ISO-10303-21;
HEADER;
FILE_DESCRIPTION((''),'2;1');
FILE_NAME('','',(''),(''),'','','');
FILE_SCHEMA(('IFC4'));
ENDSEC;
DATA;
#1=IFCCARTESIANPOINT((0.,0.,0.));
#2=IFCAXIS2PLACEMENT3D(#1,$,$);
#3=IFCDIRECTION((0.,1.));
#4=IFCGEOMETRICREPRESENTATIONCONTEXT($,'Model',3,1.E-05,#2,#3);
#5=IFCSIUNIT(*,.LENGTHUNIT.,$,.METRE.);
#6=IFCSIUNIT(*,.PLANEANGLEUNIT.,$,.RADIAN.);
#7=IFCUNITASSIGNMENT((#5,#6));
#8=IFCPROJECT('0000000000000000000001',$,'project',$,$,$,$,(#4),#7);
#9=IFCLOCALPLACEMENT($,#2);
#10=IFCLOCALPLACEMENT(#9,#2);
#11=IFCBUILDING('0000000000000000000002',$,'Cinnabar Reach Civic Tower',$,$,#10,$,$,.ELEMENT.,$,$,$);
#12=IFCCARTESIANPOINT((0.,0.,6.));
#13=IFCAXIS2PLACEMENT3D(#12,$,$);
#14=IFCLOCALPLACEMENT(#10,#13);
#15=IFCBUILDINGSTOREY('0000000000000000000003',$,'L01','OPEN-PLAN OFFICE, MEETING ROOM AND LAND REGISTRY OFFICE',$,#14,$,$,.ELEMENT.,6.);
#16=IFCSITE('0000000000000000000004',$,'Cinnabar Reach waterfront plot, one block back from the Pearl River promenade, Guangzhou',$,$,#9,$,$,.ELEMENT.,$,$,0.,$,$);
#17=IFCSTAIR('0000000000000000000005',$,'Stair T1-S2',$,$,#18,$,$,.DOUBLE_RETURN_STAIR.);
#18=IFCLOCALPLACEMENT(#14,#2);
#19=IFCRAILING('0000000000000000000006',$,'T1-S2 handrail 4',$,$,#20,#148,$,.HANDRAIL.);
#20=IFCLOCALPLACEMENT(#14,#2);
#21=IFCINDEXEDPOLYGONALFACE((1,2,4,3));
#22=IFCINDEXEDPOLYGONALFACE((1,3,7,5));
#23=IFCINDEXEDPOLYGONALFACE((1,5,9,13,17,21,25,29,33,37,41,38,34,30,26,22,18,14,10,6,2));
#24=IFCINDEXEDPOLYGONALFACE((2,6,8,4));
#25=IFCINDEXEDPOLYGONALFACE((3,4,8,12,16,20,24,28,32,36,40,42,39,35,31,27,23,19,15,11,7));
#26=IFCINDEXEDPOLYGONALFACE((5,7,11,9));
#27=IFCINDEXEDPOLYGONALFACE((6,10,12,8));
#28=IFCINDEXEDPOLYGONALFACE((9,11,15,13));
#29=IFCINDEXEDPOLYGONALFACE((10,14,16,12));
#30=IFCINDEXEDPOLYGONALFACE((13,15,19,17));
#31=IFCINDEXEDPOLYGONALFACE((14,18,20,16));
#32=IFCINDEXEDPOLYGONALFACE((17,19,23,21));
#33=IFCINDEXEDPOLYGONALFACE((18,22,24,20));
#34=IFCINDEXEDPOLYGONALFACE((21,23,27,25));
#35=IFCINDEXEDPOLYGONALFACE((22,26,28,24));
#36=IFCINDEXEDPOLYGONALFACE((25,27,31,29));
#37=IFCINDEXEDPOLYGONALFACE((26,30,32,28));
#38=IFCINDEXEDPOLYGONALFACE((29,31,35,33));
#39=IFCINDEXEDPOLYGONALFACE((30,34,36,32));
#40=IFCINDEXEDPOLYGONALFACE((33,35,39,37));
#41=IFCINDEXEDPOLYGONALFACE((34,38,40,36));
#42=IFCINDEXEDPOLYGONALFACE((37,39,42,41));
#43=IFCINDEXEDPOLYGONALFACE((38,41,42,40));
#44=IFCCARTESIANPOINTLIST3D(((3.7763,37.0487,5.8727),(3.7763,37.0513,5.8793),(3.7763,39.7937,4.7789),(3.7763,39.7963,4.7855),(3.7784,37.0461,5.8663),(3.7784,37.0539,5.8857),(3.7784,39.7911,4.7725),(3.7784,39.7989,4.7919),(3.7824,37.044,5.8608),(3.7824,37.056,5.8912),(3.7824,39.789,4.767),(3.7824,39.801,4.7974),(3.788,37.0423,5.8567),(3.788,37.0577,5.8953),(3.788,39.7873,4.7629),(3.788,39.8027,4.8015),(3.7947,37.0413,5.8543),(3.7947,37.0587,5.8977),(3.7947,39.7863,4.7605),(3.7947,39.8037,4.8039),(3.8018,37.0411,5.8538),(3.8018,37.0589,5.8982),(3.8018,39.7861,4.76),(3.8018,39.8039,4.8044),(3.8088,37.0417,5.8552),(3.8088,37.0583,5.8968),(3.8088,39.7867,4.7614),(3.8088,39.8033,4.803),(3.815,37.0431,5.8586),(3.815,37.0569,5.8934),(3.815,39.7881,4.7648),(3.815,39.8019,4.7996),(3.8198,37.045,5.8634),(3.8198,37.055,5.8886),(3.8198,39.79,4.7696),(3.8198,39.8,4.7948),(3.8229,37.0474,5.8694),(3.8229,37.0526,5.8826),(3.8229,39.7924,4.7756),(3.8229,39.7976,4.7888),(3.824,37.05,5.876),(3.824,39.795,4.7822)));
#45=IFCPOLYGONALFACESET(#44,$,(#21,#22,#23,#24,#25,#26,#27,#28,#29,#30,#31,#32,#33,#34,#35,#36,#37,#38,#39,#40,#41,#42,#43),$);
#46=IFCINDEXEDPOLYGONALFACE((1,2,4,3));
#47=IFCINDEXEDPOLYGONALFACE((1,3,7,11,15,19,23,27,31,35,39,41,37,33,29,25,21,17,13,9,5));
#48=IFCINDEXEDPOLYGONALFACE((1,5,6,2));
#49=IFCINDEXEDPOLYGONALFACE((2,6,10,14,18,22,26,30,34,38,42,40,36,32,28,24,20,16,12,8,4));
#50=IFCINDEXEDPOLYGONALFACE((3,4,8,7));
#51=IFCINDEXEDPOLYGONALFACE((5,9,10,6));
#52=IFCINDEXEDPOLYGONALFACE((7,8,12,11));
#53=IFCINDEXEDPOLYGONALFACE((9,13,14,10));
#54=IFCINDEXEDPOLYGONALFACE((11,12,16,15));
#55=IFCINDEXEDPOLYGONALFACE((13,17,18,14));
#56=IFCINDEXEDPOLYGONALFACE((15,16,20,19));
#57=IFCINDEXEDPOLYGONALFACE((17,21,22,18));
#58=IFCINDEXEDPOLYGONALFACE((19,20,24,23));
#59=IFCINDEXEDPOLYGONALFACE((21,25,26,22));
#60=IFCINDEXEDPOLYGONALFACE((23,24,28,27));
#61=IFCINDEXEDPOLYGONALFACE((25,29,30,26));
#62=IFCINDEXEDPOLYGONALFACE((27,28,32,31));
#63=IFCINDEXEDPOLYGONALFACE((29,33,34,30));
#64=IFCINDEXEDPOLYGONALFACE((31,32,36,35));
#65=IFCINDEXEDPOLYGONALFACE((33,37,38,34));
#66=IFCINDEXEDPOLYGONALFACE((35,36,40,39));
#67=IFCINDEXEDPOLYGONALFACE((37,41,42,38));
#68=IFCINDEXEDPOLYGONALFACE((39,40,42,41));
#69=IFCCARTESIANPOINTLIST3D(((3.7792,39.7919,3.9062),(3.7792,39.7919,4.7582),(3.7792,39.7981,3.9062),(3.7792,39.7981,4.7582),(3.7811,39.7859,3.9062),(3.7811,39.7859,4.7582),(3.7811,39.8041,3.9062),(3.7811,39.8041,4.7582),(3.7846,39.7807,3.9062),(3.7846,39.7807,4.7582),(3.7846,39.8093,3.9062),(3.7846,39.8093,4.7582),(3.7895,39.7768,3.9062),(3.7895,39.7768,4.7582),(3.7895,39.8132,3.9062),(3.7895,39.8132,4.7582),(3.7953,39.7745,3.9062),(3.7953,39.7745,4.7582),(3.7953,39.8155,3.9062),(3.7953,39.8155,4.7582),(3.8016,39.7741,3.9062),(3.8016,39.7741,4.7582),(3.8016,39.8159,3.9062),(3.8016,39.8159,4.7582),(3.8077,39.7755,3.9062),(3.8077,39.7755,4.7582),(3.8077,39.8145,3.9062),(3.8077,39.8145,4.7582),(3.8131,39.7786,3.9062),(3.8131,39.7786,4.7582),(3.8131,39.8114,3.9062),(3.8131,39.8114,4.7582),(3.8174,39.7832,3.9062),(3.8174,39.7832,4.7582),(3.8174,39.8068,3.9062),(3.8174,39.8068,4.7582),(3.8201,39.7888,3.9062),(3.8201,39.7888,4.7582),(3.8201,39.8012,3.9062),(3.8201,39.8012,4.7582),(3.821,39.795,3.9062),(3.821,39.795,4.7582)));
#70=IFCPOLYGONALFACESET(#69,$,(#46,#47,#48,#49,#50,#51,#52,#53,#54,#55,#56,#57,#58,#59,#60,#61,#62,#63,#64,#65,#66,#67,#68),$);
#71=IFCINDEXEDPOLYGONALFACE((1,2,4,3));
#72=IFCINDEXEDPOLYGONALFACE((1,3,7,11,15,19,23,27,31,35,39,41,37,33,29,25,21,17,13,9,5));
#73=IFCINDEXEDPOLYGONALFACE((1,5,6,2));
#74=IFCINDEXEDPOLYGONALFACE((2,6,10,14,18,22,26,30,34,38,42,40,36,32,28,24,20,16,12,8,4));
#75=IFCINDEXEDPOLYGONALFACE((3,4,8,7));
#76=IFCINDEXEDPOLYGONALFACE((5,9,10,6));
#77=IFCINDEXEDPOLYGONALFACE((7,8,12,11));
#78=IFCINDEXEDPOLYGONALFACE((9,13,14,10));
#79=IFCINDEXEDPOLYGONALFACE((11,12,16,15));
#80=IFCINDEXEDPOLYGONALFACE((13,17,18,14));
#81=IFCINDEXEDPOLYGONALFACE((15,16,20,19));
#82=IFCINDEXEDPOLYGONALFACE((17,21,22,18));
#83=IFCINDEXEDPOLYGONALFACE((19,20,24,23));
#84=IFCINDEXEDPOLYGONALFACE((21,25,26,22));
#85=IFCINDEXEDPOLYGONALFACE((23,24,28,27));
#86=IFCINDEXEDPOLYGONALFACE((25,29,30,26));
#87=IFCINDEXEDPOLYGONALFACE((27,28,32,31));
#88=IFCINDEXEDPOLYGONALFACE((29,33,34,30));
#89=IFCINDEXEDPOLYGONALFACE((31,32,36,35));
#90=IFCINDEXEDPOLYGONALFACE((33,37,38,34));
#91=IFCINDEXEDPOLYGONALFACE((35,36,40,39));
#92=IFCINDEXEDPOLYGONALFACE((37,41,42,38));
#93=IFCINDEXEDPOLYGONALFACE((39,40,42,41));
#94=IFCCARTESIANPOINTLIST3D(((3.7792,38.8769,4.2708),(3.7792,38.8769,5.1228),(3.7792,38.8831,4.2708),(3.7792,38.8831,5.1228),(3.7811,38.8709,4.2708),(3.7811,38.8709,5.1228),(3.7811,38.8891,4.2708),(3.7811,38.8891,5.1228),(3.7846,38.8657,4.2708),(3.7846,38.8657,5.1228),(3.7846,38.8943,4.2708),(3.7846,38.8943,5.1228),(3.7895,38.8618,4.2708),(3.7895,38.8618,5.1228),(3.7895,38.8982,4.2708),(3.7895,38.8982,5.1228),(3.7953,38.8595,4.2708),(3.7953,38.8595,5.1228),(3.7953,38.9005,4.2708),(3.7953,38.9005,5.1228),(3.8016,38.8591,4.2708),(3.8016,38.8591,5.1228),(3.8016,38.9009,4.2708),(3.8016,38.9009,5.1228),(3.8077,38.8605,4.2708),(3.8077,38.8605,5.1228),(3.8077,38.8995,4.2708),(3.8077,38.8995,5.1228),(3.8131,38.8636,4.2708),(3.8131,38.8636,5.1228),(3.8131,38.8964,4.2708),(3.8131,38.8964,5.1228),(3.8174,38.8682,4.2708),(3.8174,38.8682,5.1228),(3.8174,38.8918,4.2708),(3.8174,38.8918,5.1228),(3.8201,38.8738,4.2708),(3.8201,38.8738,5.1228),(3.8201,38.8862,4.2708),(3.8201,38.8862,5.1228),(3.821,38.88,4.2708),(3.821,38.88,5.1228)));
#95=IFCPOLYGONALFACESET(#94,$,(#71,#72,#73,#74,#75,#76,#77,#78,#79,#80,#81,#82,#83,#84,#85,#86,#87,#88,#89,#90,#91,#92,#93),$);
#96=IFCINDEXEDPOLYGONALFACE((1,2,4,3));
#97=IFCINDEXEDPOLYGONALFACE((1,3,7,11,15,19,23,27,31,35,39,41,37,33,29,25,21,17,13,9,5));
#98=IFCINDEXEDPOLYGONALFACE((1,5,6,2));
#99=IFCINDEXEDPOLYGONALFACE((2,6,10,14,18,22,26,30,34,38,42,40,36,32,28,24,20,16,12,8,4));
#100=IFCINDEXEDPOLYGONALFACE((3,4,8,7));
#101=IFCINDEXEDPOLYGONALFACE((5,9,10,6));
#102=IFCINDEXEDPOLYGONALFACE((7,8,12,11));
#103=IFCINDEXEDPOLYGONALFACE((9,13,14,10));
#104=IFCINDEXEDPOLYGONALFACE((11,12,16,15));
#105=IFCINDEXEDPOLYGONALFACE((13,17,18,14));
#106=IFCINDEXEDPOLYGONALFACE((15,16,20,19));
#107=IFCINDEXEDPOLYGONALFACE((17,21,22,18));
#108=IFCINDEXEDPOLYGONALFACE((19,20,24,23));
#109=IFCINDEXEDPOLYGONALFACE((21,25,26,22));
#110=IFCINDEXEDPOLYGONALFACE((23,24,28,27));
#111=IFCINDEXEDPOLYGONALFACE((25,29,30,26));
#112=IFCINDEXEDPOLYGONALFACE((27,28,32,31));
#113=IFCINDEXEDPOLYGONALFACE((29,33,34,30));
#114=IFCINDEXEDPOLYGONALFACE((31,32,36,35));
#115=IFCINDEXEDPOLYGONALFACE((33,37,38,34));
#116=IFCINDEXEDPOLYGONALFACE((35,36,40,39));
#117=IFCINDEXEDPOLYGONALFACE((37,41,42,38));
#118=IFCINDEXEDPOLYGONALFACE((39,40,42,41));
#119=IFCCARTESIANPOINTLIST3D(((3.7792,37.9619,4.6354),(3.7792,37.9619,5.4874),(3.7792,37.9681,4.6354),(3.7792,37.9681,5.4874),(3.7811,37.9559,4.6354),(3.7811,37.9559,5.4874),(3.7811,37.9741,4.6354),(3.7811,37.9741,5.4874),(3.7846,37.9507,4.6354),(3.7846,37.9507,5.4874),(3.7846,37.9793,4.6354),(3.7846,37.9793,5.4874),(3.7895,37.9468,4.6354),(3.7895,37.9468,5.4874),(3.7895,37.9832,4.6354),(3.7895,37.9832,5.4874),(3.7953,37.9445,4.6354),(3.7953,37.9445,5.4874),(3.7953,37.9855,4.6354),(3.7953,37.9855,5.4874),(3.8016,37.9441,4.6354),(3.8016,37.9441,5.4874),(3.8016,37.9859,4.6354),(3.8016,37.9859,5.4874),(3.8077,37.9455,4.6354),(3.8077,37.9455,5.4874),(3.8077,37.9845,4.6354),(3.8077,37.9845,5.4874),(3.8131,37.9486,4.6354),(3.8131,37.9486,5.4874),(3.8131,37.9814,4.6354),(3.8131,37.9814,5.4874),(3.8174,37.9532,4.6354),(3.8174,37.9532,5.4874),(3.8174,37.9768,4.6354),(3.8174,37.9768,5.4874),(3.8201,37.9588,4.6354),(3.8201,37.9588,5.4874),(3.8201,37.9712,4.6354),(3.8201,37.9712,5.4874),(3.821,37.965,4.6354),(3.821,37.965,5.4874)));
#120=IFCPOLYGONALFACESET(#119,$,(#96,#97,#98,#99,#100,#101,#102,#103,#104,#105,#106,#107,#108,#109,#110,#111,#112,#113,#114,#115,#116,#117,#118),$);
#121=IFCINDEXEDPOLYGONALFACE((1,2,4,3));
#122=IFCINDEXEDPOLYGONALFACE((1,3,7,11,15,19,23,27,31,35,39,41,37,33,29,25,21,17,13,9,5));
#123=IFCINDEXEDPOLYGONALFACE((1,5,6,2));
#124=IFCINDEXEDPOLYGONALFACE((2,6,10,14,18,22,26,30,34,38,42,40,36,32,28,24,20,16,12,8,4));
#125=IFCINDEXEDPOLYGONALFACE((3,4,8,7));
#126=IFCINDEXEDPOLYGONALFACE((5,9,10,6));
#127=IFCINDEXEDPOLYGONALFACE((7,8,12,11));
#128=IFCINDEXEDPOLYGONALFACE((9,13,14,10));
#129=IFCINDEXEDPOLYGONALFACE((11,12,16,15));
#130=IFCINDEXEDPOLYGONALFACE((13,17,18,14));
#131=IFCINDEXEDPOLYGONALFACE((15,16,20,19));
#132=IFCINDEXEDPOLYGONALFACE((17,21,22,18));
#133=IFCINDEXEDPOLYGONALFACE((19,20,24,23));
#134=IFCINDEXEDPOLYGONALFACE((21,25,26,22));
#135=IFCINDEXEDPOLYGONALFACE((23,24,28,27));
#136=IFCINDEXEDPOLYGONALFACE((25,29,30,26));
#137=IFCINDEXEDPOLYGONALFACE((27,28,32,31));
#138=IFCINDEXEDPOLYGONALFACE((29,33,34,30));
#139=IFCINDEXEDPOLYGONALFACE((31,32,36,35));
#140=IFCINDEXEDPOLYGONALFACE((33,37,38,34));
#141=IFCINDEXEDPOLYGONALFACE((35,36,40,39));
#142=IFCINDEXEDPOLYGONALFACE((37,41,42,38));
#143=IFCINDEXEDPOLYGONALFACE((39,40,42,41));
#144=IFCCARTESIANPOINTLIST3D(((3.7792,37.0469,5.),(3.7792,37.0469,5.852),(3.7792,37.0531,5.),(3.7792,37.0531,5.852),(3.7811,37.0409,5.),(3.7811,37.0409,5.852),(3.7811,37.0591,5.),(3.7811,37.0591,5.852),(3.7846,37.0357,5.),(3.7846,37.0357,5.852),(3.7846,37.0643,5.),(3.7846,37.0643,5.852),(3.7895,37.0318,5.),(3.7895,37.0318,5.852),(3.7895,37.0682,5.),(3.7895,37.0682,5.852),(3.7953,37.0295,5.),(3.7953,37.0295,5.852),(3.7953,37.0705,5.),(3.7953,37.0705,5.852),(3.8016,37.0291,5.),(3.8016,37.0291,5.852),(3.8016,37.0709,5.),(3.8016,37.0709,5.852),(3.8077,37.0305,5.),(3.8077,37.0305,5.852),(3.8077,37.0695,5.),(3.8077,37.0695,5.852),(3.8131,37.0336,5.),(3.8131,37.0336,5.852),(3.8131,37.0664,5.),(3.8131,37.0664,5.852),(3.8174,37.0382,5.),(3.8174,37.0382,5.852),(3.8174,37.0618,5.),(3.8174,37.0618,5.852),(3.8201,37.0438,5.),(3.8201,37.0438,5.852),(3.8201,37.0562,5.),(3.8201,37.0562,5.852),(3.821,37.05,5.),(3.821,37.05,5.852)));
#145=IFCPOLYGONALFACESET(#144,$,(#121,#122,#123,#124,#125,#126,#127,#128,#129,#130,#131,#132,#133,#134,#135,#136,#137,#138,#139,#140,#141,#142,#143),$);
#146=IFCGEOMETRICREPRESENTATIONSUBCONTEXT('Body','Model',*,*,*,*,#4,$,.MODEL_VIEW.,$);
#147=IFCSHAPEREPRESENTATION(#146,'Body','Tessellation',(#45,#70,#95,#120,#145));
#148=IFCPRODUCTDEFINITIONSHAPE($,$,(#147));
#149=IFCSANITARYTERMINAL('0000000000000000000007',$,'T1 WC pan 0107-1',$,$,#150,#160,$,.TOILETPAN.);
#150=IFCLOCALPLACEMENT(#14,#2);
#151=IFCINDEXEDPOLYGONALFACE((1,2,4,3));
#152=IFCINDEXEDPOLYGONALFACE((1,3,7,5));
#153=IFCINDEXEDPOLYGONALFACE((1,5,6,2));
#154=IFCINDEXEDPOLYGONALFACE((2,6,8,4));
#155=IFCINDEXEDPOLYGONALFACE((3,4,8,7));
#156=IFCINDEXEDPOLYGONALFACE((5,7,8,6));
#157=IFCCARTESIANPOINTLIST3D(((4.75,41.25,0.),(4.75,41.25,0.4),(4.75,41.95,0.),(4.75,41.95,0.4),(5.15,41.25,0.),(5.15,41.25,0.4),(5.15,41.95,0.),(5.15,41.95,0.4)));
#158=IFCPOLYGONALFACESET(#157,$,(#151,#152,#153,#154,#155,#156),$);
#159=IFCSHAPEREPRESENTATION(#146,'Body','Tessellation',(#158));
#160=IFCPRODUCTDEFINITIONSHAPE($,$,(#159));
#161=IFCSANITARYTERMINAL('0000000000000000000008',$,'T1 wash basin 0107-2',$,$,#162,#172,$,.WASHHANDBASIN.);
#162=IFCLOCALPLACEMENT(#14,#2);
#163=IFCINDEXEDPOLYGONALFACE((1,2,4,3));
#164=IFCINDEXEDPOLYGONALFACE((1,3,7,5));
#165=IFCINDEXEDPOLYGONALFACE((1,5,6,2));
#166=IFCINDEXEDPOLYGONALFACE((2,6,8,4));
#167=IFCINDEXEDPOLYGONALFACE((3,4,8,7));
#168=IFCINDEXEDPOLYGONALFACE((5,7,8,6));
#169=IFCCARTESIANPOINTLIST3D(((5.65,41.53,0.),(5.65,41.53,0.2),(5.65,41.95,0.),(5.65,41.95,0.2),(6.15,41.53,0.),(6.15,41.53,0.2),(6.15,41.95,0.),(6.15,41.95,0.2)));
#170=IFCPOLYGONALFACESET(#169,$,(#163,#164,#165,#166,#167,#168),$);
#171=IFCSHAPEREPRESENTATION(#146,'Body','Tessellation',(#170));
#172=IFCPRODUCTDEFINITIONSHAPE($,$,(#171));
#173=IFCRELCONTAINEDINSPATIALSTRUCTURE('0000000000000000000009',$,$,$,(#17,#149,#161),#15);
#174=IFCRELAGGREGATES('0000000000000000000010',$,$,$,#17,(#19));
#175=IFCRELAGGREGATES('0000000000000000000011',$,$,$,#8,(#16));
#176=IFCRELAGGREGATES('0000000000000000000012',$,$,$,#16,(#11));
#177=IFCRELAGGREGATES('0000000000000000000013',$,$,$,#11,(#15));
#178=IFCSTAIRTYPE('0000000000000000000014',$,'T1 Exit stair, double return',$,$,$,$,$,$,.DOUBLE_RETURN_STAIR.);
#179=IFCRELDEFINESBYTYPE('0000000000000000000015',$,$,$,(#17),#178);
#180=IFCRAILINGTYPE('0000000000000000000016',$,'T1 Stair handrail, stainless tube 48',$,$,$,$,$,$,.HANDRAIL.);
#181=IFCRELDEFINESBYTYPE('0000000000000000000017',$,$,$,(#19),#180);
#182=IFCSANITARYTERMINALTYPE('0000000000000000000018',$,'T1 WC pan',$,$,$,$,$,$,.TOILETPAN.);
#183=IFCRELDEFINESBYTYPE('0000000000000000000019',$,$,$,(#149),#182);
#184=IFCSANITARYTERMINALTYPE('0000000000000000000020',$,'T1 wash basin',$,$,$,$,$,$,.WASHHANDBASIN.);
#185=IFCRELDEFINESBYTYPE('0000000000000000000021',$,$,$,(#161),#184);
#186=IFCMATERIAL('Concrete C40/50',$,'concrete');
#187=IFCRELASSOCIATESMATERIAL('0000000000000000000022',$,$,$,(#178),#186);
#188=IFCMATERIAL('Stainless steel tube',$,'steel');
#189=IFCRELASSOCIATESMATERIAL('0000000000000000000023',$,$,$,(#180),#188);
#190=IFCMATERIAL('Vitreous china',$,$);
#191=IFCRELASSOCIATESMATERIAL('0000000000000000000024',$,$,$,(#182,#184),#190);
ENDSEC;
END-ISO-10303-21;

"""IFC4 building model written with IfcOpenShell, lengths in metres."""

from ifc_helpers import new_model, si_unit, direction, frame, origin, origin_2d, place, context, subcontext, project, spatial, rectangle, circle, extrude, material, type_object, element, aggregate, save


model = new_model("IFC4")

# Units and contexts
model_context = context("Model", 3, precision=1e-05, world=origin(), true_north=direction((0.0, 1.0)))
body_context = subcontext(model_context, "Body", "Model", "MODEL_VIEW")
ifc_project = project(units=[si_unit("LENGTHUNIT", "METRE"), si_unit("PLANEANGLEUNIT", "RADIAN")], contexts=[model_context])

# Site, building, storey
site_placement = place(None, origin())
site = spatial("IfcSite", under=ifc_project, at=site_placement, Name="Cinnabar Reach waterfront plot, one block back from the Pearl River promenade, Guangzhou", CompositionType="ELEMENT", RefElevation=0.0)
building_placement = place(site_placement, origin())
building = spatial("IfcBuilding", under=site, at=building_placement, Name="Cinnabar Reach Civic Tower", CompositionType="ELEMENT")
storey_placement = place(building_placement, frame((0.0, 0.0, 6.0)))
storey = spatial("IfcBuildingStorey", under=building, at=storey_placement, Name="L01", Description="OPEN-PLAN OFFICE, MEETING ROOM AND LAND REGISTRY OFFICE", CompositionType="ELEMENT", Elevation=6.0)

# Shared definitions
ifc_material_1 = material(Name="Concrete C40/50", Category="concrete")

# Stair, railing
stair_type = type_object("IfcStairType", Name="T1 Exit stair, double return", PredefinedType="DOUBLE_RETURN_STAIR", material=ifc_material_1)
stair_placement = place(storey_placement, origin())
stair = element("IfcStair", 1, at=stair_placement, inside=storey, type_object=stair_type, Name="Stair T1-S2", PredefinedType="DOUBLE_RETURN_STAIR")
ifc_material_2 = material(Name="Stainless steel tube", Category="steel")
railing_type = type_object("IfcRailingType", Name="T1 Stair handrail, stainless tube 48", PredefinedType="HANDRAIL", material=ifc_material_2)
railing_1_placement = place(storey_placement, frame((3.8, 39.795, 3.9062)))
railing_1 = element("IfcRailing", 2, at=railing_1_placement, type_object=railing_type, Name="T1-S2 handrail 4", PredefinedType="HANDRAIL", context=body_context, shape_type="SweptSolid", body=[
    extrude(circle(Radius=0.024, at=origin_2d()), frame((0.0, 0.0, 0.876), z_axis=(0.0, -0.928966, 0.370165), x_axis=(1.0, 0.0, 0.0)), (0.0, 0.0, 1.0), 2.9549),
    extrude(circle(Radius=0.021, at=origin_2d()), origin(), (0.0, 0.0, 1.0), 0.852),
    extrude(circle(Radius=0.021, at=origin_2d()), frame((0.0, -0.915, 0.3646)), (0.0, 0.0, 1.0), 0.852),
    extrude(circle(Radius=0.021, at=origin_2d()), frame((0.0, -1.83, 0.7292)), (0.0, 0.0, 1.0), 0.852),
    extrude(circle(Radius=0.021, at=origin_2d()), frame((0.0, -2.745, 1.0938)), (0.0, 0.0, 1.0), 0.852),
])
aggregate(stair, [railing_1])

# Sanitary terminals
ifc_material_3 = material(Name="Vitreous china")
sanitary_terminal_type_1 = type_object("IfcSanitaryTerminalType", Name="T1 WC pan", PredefinedType="TOILETPAN", material=ifc_material_3)
sanitary_terminal_1_placement = place(storey_placement, frame((4.95, 41.6, 0.0), z_axis=(0.0, 0.0, 1.0), x_axis=(1.0, 0.0, 0.0)))
element("IfcSanitaryTerminal", 3, at=sanitary_terminal_1_placement, inside=storey, type_object=sanitary_terminal_type_1, Name="T1 WC pan 0107-1", PredefinedType="TOILETPAN", context=body_context, shape_type="SweptSolid", body=[
    extrude(rectangle(XDim=0.4, YDim=0.7, at=origin_2d()), origin(), (0.0, 0.0, 1.0), 0.4),
])
sanitary_terminal_type_2 = type_object("IfcSanitaryTerminalType", Name="T1 wash basin", PredefinedType="WASHHANDBASIN", material=ifc_material_3)
sanitary_terminal_2_placement = place(storey_placement, frame((5.9, 41.74, 0.0), z_axis=(0.0, 0.0, 1.0), x_axis=(1.0, 0.0, 0.0)))
element("IfcSanitaryTerminal", 4, at=sanitary_terminal_2_placement, inside=storey, type_object=sanitary_terminal_type_2, Name="T1 wash basin 0107-2", PredefinedType="WASHHANDBASIN", context=body_context, shape_type="SweptSolid", body=[
    extrude(rectangle(XDim=0.5, YDim=0.42, at=origin_2d()), origin(), (0.0, 0.0, 1.0), 0.2),
])

save(model, "model.ifc")
